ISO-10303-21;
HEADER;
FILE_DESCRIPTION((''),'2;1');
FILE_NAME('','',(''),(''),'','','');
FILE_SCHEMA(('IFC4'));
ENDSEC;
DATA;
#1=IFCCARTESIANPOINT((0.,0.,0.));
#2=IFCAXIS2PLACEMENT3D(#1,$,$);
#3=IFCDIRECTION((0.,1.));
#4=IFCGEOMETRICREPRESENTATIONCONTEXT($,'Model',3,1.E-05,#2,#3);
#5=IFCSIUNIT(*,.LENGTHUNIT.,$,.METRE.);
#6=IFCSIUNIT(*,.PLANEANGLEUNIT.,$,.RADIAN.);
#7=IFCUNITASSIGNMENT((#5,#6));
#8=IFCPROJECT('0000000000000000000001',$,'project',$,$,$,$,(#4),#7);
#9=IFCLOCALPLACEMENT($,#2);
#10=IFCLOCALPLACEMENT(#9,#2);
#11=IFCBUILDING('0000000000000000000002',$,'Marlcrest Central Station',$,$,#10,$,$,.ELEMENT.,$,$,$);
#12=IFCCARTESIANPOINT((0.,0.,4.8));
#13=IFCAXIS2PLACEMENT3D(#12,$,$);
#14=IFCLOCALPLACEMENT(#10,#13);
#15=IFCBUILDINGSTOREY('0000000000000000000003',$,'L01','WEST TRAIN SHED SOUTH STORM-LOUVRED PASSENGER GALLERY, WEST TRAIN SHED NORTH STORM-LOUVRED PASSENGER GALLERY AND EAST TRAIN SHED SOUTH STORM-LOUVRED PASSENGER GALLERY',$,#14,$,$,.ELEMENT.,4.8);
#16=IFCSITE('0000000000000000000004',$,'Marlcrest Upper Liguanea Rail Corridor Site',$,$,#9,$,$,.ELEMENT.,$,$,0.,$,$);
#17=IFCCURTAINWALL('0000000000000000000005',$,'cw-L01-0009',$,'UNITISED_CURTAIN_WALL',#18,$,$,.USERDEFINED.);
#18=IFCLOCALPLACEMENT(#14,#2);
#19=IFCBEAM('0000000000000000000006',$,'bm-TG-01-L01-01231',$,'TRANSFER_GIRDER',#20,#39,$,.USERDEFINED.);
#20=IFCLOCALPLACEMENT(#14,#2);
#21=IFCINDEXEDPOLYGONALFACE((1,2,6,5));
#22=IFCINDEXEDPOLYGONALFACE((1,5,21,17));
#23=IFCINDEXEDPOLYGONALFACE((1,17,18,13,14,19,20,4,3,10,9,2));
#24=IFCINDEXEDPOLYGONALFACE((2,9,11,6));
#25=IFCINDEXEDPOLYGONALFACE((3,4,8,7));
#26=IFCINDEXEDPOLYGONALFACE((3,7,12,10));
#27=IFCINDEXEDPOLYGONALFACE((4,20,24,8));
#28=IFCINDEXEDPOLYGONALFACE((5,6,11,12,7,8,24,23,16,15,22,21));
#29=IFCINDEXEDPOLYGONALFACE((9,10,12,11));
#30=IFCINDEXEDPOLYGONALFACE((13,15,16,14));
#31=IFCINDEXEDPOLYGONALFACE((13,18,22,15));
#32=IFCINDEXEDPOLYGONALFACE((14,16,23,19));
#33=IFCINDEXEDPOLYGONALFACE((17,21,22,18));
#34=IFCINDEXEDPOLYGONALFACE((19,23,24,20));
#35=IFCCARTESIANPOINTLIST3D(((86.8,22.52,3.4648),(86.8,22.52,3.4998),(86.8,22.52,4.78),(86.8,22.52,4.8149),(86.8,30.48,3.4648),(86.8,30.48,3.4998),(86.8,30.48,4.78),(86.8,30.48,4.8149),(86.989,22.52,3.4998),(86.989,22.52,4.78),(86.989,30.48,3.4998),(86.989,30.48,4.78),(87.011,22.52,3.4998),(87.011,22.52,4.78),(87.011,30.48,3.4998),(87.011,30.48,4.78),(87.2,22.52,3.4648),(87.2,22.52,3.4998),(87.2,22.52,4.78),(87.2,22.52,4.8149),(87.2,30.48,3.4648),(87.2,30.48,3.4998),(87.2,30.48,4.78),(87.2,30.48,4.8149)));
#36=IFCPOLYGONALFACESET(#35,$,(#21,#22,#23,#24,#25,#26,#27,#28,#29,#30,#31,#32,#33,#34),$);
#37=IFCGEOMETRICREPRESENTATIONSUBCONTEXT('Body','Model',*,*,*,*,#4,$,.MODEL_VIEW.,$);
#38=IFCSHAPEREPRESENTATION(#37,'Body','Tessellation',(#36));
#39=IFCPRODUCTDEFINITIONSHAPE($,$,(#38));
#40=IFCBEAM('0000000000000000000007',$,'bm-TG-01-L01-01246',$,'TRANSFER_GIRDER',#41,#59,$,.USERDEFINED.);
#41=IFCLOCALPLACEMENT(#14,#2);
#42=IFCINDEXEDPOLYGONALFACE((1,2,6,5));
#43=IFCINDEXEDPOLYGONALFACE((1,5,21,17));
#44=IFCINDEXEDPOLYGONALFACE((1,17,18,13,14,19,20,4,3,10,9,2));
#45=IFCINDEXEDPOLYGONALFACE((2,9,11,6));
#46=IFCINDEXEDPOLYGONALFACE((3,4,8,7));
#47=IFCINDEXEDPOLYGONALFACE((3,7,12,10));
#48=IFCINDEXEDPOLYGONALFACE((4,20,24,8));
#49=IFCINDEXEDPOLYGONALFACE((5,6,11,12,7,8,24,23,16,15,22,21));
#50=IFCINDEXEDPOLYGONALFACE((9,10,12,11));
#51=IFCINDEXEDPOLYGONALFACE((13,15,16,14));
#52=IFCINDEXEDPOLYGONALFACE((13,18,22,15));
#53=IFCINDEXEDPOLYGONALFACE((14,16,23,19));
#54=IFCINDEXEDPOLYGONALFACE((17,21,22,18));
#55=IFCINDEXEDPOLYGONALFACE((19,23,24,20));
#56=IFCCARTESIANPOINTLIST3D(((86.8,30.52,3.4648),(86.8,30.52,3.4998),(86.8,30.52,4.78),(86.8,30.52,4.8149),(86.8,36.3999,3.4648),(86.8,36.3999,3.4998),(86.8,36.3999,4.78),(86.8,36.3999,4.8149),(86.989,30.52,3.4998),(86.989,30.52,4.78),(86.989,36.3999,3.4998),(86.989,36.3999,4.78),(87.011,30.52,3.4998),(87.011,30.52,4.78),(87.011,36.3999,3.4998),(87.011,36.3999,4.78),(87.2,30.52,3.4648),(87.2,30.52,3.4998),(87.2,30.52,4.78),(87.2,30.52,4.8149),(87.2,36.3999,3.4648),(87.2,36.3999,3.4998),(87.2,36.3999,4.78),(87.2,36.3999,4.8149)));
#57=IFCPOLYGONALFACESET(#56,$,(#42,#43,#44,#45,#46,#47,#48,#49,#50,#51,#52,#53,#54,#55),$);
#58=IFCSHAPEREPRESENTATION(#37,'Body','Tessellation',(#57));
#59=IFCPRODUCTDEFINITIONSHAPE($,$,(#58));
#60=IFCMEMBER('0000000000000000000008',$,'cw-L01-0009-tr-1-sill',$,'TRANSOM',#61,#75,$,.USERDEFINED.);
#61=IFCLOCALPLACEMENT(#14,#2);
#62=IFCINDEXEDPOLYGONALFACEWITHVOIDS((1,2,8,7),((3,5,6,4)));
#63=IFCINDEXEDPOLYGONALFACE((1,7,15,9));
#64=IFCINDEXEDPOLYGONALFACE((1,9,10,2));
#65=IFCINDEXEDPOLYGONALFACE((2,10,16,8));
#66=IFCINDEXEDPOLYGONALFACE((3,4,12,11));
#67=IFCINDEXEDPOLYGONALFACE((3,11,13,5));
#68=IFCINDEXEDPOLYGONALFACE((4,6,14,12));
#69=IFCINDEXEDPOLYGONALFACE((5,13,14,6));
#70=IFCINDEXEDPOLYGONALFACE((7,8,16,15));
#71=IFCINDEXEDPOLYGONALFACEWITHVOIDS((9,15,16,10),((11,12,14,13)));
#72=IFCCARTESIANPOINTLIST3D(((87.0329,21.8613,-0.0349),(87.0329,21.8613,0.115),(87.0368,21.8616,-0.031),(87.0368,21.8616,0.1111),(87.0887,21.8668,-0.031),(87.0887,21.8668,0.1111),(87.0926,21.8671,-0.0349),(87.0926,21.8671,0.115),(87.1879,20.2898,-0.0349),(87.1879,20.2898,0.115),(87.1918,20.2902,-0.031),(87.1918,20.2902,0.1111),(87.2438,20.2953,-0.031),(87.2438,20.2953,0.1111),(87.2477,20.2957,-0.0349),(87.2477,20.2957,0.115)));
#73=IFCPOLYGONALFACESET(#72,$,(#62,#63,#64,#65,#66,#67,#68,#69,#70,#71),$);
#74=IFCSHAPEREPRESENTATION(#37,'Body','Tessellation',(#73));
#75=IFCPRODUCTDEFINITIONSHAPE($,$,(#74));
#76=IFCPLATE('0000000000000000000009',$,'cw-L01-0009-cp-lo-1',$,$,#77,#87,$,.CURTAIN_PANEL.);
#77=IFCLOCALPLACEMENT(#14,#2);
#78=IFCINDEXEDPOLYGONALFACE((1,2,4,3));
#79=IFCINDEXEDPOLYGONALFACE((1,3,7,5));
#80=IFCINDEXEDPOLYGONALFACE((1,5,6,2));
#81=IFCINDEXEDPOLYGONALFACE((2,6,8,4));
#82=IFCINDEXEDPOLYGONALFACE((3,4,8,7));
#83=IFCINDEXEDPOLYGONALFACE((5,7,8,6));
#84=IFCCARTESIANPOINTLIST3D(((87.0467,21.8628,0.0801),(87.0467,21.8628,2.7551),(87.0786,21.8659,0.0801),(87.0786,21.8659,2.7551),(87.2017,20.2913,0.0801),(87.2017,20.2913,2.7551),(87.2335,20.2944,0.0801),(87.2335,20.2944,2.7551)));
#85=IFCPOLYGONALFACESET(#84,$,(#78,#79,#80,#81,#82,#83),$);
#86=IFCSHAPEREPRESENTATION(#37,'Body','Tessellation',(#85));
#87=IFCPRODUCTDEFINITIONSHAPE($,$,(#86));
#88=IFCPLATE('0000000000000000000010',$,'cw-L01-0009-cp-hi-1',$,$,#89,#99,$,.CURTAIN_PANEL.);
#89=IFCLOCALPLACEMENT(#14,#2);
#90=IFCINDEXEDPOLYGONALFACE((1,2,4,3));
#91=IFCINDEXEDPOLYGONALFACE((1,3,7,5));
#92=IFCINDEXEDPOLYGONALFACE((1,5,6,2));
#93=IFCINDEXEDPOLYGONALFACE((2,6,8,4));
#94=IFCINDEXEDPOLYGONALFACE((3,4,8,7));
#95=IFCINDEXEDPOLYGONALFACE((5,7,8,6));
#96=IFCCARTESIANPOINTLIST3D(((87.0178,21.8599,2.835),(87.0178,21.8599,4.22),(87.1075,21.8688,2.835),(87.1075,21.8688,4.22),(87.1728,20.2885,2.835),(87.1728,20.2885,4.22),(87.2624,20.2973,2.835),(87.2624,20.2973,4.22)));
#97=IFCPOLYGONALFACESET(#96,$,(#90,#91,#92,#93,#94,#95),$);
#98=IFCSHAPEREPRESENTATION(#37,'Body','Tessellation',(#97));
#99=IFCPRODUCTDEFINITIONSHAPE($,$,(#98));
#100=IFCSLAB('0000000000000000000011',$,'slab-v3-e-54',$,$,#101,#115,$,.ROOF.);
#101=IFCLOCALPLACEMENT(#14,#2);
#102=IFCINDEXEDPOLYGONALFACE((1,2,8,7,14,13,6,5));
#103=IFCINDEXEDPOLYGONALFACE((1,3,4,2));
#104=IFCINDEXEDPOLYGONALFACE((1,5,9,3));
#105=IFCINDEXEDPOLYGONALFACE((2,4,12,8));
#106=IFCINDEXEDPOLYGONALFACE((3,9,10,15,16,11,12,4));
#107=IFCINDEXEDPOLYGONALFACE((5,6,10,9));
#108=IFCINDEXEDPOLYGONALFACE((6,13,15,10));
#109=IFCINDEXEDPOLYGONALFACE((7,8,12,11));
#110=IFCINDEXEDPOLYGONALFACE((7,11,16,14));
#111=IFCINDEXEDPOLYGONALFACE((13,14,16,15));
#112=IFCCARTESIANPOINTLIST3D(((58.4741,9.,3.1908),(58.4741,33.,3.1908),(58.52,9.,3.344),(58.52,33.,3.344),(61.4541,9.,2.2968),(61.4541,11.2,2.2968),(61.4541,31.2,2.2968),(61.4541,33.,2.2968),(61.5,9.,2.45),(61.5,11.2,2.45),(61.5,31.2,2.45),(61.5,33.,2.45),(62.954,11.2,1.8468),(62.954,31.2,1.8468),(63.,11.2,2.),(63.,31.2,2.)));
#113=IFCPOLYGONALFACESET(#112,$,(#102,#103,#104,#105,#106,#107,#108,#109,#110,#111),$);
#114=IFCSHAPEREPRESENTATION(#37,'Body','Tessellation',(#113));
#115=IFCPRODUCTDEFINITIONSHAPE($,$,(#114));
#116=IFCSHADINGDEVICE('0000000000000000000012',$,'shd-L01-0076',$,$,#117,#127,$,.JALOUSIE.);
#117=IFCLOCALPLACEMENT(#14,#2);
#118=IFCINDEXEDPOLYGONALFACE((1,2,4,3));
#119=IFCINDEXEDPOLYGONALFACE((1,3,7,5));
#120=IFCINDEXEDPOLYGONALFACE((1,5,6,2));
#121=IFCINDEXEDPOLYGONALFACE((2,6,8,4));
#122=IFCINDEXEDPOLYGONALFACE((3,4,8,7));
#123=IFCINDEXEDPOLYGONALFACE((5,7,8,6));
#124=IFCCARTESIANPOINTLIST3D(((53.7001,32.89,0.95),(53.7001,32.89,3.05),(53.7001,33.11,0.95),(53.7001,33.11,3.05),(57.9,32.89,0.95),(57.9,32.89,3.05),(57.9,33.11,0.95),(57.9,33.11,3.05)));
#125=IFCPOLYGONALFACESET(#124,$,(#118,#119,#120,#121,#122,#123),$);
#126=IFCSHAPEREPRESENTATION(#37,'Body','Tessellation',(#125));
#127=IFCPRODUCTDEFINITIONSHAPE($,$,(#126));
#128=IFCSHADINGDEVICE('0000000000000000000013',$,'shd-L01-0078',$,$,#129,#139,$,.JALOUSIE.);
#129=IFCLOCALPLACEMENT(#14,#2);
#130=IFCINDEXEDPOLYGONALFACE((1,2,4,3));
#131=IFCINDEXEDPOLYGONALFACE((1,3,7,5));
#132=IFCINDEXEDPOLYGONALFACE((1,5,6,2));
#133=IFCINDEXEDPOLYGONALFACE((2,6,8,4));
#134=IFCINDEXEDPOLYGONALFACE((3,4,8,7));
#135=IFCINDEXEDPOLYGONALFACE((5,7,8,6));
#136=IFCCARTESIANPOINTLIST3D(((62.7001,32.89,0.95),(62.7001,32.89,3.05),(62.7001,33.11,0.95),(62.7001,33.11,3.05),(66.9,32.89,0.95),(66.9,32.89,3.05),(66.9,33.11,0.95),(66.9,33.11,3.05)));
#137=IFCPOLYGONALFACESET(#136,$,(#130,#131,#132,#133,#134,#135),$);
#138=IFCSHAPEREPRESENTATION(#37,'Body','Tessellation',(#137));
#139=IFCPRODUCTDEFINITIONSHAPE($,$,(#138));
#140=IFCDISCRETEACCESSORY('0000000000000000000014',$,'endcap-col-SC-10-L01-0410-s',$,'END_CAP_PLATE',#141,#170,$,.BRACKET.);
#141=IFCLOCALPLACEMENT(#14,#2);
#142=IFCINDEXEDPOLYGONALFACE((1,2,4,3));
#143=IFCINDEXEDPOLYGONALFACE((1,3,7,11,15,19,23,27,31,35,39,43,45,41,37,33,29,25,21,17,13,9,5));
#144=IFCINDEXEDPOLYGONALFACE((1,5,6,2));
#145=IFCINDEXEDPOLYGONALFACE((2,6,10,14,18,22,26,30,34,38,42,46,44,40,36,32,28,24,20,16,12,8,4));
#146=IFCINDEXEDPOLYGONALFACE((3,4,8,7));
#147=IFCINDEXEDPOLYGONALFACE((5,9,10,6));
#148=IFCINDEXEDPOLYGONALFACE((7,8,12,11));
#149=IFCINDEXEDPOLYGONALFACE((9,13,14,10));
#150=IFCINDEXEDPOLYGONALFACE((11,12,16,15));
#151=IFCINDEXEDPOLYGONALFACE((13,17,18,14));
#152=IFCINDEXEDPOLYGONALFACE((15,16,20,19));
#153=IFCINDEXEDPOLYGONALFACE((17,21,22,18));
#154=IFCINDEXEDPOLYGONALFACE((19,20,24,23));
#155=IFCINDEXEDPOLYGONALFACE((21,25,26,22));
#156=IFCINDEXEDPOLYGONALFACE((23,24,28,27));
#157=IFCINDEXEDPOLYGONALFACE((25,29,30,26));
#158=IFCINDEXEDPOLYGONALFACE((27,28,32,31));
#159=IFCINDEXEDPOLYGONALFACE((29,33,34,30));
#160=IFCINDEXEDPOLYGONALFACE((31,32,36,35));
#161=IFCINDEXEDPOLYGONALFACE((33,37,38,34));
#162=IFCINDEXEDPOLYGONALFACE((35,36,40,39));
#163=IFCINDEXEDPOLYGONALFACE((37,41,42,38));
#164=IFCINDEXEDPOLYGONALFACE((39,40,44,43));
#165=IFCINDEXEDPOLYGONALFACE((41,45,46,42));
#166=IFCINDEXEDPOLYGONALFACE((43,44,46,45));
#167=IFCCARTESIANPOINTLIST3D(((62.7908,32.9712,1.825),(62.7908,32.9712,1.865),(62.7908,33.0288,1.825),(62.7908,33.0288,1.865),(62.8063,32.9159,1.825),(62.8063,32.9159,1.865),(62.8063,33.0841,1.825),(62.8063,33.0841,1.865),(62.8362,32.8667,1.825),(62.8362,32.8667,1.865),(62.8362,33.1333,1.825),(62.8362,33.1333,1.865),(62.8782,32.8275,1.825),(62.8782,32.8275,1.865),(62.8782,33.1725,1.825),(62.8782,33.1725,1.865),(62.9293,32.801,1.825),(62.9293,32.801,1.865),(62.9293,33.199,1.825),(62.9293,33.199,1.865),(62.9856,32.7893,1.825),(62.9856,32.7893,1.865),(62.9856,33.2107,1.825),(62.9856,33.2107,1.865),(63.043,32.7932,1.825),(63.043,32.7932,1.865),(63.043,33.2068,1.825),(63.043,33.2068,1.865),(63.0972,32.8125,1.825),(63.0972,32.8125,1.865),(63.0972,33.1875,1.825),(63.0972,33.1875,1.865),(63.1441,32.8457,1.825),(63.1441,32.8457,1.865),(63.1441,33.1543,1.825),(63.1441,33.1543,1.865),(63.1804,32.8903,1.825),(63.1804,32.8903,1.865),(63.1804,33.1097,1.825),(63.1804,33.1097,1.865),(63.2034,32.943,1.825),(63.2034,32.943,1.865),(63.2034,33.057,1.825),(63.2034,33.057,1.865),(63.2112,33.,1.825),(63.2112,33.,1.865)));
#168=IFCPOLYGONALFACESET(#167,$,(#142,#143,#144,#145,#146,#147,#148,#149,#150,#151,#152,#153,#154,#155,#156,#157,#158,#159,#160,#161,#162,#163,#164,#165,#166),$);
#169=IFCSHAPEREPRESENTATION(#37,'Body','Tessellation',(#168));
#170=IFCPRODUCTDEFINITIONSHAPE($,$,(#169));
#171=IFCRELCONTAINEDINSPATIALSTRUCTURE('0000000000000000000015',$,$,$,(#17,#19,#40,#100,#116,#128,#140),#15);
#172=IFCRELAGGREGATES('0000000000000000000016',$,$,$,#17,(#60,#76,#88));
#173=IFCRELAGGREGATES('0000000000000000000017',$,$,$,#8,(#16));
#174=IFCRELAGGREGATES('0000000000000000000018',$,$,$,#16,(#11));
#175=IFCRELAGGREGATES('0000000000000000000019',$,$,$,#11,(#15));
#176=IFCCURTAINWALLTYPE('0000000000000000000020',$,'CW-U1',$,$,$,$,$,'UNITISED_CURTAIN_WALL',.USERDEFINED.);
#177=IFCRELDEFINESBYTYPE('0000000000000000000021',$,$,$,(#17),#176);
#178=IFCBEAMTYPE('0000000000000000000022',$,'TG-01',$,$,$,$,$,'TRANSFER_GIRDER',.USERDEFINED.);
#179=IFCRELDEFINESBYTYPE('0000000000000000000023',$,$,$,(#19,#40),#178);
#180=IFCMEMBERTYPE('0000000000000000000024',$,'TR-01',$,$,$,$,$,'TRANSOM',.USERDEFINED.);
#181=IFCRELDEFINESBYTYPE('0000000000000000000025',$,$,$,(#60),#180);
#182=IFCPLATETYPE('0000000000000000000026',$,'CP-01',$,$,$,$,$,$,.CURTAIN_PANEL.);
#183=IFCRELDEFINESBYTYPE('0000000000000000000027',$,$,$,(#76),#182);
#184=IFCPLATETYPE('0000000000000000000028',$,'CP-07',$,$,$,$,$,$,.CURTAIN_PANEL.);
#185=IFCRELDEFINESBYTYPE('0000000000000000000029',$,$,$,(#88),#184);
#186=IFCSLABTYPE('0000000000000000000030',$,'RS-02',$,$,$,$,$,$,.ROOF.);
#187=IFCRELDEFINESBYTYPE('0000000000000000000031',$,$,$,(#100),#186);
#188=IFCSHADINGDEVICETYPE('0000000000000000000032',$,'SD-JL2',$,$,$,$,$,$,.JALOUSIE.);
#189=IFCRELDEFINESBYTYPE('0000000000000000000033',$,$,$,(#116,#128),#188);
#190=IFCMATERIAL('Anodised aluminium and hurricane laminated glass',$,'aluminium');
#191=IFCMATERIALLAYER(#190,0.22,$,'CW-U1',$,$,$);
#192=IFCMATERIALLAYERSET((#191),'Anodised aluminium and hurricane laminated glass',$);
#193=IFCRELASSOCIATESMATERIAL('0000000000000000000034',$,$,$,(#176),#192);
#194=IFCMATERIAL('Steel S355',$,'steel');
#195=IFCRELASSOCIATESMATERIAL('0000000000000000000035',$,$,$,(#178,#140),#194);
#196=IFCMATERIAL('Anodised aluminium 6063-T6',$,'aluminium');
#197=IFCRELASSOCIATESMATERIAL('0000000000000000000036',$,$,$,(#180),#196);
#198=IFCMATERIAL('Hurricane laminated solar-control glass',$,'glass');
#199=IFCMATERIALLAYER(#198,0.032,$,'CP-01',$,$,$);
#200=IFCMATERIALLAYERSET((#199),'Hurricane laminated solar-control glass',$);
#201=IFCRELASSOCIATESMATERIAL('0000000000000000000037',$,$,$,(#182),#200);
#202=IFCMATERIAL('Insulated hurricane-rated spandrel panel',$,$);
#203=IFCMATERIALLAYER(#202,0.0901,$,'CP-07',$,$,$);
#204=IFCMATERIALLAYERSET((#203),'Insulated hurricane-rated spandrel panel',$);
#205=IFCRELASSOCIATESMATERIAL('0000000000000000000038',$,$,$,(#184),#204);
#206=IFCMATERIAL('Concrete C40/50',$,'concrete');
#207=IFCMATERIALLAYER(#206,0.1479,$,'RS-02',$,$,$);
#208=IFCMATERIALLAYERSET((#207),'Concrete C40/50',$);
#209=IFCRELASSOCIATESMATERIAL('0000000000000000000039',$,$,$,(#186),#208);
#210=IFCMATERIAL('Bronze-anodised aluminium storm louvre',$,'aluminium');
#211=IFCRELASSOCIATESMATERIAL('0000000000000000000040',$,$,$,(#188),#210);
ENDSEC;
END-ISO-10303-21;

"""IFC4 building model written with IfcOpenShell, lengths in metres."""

from ifc_helpers import new_model, si_unit, direction, frame, origin, origin_2d, place, context, subcontext, project, spatial, polyline, rectangle, hollow_rectangle, circle, i_section, outline, extrude, material, layer, layer_set, material_profile, profile_set, type_object, element, aggregate, save


model = new_model("IFC4")

# Units and contexts
model_context = context("Model", 3, precision=1e-05, world=origin(), true_north=direction((0.0, 1.0)))
body_context = subcontext(model_context, "Body", "Model", "MODEL_VIEW")
ifc_project = project(units=[si_unit("LENGTHUNIT", "METRE"), si_unit("PLANEANGLEUNIT", "RADIAN")], contexts=[model_context])

# Site, building, storey
site_placement = place(None, origin())
site = spatial("IfcSite", under=ifc_project, at=site_placement, Name="Marlcrest Upper Liguanea Rail Corridor Site", CompositionType="ELEMENT", RefElevation=0.0)
building_placement = place(site_placement, origin())
building = spatial("IfcBuilding", under=site, at=building_placement, Name="Marlcrest Central Station", CompositionType="ELEMENT")
storey_placement = place(building_placement, frame((0.0, 0.0, 4.8)))
storey = spatial("IfcBuildingStorey", under=building, at=storey_placement, Name="L01", Description="WEST TRAIN SHED SOUTH STORM-LOUVRED PASSENGER GALLERY, WEST TRAIN SHED NORTH STORM-LOUVRED PASSENGER GALLERY AND EAST TRAIN SHED SOUTH STORM-LOUVRED PASSENGER GALLERY", CompositionType="ELEMENT", Elevation=4.8)

# Shared definitions
ifc_material_1 = material(Name="Steel S355", Category="steel")

# Curtain wall
ifc_material_2 = material(Name="Anodised aluminium and hurricane laminated glass", Category="aluminium")
ifc_layer_1 = layer(ifc_material_2, 0.22, Name="CW-U1")
ifc_layer_set_1 = layer_set([ifc_layer_1], Name="Anodised aluminium and hurricane laminated glass")
curtain_wall_type = type_object("IfcCurtainWallType", Name="CW-U1", ElementType="UNITISED_CURTAIN_WALL", PredefinedType="USERDEFINED", material=ifc_layer_set_1)
curtain_wall_placement = place(storey_placement, origin())
curtain_wall = element("IfcCurtainWall", 1, at=curtain_wall_placement, inside=storey, type_object=curtain_wall_type, Name="cw-L01-0009", ObjectType="UNITISED_CURTAIN_WALL", PredefinedType="USERDEFINED")
ifc_material_3 = material(Name="Anodised aluminium 6063-T6", Category="aluminium")

# Beams
ifc_material_profile_1 = material_profile(ifc_material_1, i_section(OverallWidth=0.3999, OverallDepth=1.3501, WebThickness=0.022, FlangeThickness=0.0349, at=origin_2d()), Name="PG 1350x400")
ifc_profile_set_1 = profile_set([ifc_material_profile_1], Name="Steel S355")
beam_type_1 = type_object("IfcBeamType", Name="TG-01", ElementType="TRANSFER_GIRDER", PredefinedType="USERDEFINED", material=ifc_profile_set_1)
beam_1_placement = place(storey_placement, frame((87.0, 22.52, 4.1399), z_axis=(0.0, 1.0, 0.0), x_axis=(-1.0, 0.0, 0.0)))
element("IfcBeam", 2, at=beam_1_placement, inside=storey, type_object=beam_type_1, Name="bm-TG-01-L01-01231", ObjectType="TRANSFER_GIRDER", PredefinedType="USERDEFINED", context=body_context, shape_type="SweptSolid", body=[
    extrude(i_section(OverallWidth=0.3999, OverallDepth=1.3501, WebThickness=0.022, FlangeThickness=0.0349, at=origin_2d()), origin(), (0.0, 0.0, 1.0), 7.96),
])
beam_2_placement = place(storey_placement, frame((87.0, 30.52, 4.1399), z_axis=(0.0, 1.0, 0.0), x_axis=(-1.0, 0.0, 0.0)))
element("IfcBeam", 3, at=beam_2_placement, inside=storey, type_object=beam_type_1, Name="bm-TG-01-L01-01246", ObjectType="TRANSFER_GIRDER", PredefinedType="USERDEFINED", context=body_context, shape_type="SweptSolid", body=[
    extrude(i_section(OverallWidth=0.3999, OverallDepth=1.3501, WebThickness=0.022, FlangeThickness=0.0349, at=origin_2d()), origin(), (0.0, 0.0, 1.0), 5.8799),
])

# Member
ifc_material_profile_2 = material_profile(ifc_material_3, hollow_rectangle(XDim=0.0601, YDim=0.1499, WallThickness=0.0039, at=origin_2d()), Name="AA-RHS 150x60x4")
ifc_profile_set_2 = profile_set([ifc_material_profile_2], Name="Anodised aluminium 6063-T6")
member_type_1 = type_object("IfcMemberType", Name="TR-01", ElementType="TRANSOM", PredefinedType="USERDEFINED", material=ifc_profile_set_2)
member_1_placement = place(storey_placement, frame((87.2178, 20.2927, 0.04), z_axis=(-0.098172, 0.995169, 0.0), x_axis=(-0.995169, -0.098172, 0.0)))
member_1 = element("IfcMember", 4, at=member_1_placement, type_object=member_type_1, Name="cw-L01-0009-tr-1-sill", ObjectType="TRANSOM", PredefinedType="USERDEFINED", context=body_context, shape_type="SweptSolid", body=[
    extrude(hollow_rectangle(XDim=0.0601, YDim=0.1499, WallThickness=0.0039, at=origin_2d()), origin(), (0.0, 0.0, 1.0), 1.5791),
])

# Plates
ifc_material_4 = material(Name="Hurricane laminated solar-control glass", Category="glass")
ifc_layer_2 = layer(ifc_material_4, 0.032, Name="CP-01")
ifc_layer_set_2 = layer_set([ifc_layer_2], Name="Hurricane laminated solar-control glass")
plate_type_1 = type_object("IfcPlateType", Name="CP-01", PredefinedType="CURTAIN_PANEL", material=ifc_layer_set_2)
plate_1_placement = place(storey_placement, frame((87.1401, 21.0786, 0.0801), z_axis=(0.0, 0.0, 1.0), x_axis=(-0.098139, 0.995173, 0.0)))
plate_1 = element("IfcPlate", 5, at=plate_1_placement, type_object=plate_type_1, Name="cw-L01-0009-cp-lo-1", PredefinedType="CURTAIN_PANEL", context=body_context, shape_type="SweptSolid", body=[
    extrude(rectangle(XDim=1.5791, YDim=0.032, at=origin_2d()), origin(), (0.0, 0.0, 1.0), 2.675),
])
ifc_material_5 = material(Name="Insulated hurricane-rated spandrel panel")
ifc_layer_3 = layer(ifc_material_5, 0.0901, Name="CP-07")
ifc_layer_set_3 = layer_set([ifc_layer_3], Name="Insulated hurricane-rated spandrel panel")
plate_type_2 = type_object("IfcPlateType", Name="CP-07", PredefinedType="CURTAIN_PANEL", material=ifc_layer_set_3)
plate_2_placement = place(storey_placement, frame((87.1401, 21.0786, 2.835), z_axis=(0.0, 0.0, 1.0), x_axis=(-0.098139, 0.995173, 0.0)))
plate_2 = element("IfcPlate", 6, at=plate_2_placement, type_object=plate_type_2, Name="cw-L01-0009-cp-hi-1", PredefinedType="CURTAIN_PANEL", context=body_context, shape_type="SweptSolid", body=[
    extrude(rectangle(XDim=1.5791, YDim=0.0901, at=origin_2d()), origin(), (0.0, 0.0, 1.0), 1.385),
])
aggregate(curtain_wall, [member_1, plate_1, plate_2])

# Slab
ifc_material_6 = material(Name="Concrete C40/50", Category="concrete")
ifc_layer_4 = layer(ifc_material_6, 0.1479, Name="RS-02")
ifc_layer_set_4 = layer_set([ifc_layer_4], Name="Concrete C40/50")
slab_type = type_object("IfcSlabType", Name="RS-02", PredefinedType="ROOF", material=ifc_layer_set_4)
slab_placement = place(storey_placement, frame((58.52, 9.0, 3.344), z_axis=(0.28735, 0.0, 0.957826), x_axis=(0.957826, 0.0, -0.28735)))
element("IfcSlab", 7, at=slab_placement, inside=storey, type_object=slab_type, Name="slab-v3-e-54", PredefinedType="ROOF", context=body_context, shape_type="SweptSolid", body=[
    extrude(outline(polyline([(0.0, 0.0), (3.1112, 0.0), (3.1112, 2.2), (4.6772, 2.2), (4.6772, 22.2), (3.1112, 22.2), (3.1112, 24.0), (0.0, 24.0), (0.0, 0.0)])), origin(), (0.0, 0.0, -1.0), 0.1599),
])

# Shading devices
ifc_material_7 = material(Name="Bronze-anodised aluminium storm louvre", Category="aluminium")
shading_device_type = type_object("IfcShadingDeviceType", Name="SD-JL2", PredefinedType="JALOUSIE", material=ifc_material_7)
for number, where, z_axis, x_axis, name in (
    (8, (55.8, 33.0, 0.95), (0.0, 0.0, 1.0), (1.0, 0.0, 0.0), "shd-L01-0076"),
    (9, (64.8, 33.0, 0.95), (0.0, 0.0, 1.0), (1.0, 0.0, 0.0), "shd-L01-0078"),
):
    element("IfcShadingDevice", number, at=place(storey_placement, frame(where, z_axis=z_axis, x_axis=x_axis)), inside=storey, type_object=shading_device_type, Name=name, PredefinedType="JALOUSIE", context=body_context, shape_type="SweptSolid", body=[
        extrude(rectangle(XDim=4.2, YDim=0.22, at=origin_2d()), origin(), (0.0, 0.0, 1.0), 2.1001),
    ])

# Discrete accessory
for number, where, z_axis, x_axis, name in (
    (10, (63.0, 33.0, 1.825), (0.0, 0.0, 1.0), (1.0, 0.0, 0.0), "endcap-col-SC-10-L01-0410-s"),
):
    element("IfcDiscreteAccessory", number, at=place(storey_placement, frame(where, z_axis=z_axis, x_axis=x_axis)), inside=storey, material=ifc_material_1, Name=name, ObjectType="END_CAP_PLATE", PredefinedType="BRACKET", context=body_context, shape_type="SweptSolid", body=[
        extrude(circle(Radius=0.2112, at=origin_2d()), origin(), (0.0, 0.0, 1.0), 0.04),
    ])

save(model, "model.ifc")
